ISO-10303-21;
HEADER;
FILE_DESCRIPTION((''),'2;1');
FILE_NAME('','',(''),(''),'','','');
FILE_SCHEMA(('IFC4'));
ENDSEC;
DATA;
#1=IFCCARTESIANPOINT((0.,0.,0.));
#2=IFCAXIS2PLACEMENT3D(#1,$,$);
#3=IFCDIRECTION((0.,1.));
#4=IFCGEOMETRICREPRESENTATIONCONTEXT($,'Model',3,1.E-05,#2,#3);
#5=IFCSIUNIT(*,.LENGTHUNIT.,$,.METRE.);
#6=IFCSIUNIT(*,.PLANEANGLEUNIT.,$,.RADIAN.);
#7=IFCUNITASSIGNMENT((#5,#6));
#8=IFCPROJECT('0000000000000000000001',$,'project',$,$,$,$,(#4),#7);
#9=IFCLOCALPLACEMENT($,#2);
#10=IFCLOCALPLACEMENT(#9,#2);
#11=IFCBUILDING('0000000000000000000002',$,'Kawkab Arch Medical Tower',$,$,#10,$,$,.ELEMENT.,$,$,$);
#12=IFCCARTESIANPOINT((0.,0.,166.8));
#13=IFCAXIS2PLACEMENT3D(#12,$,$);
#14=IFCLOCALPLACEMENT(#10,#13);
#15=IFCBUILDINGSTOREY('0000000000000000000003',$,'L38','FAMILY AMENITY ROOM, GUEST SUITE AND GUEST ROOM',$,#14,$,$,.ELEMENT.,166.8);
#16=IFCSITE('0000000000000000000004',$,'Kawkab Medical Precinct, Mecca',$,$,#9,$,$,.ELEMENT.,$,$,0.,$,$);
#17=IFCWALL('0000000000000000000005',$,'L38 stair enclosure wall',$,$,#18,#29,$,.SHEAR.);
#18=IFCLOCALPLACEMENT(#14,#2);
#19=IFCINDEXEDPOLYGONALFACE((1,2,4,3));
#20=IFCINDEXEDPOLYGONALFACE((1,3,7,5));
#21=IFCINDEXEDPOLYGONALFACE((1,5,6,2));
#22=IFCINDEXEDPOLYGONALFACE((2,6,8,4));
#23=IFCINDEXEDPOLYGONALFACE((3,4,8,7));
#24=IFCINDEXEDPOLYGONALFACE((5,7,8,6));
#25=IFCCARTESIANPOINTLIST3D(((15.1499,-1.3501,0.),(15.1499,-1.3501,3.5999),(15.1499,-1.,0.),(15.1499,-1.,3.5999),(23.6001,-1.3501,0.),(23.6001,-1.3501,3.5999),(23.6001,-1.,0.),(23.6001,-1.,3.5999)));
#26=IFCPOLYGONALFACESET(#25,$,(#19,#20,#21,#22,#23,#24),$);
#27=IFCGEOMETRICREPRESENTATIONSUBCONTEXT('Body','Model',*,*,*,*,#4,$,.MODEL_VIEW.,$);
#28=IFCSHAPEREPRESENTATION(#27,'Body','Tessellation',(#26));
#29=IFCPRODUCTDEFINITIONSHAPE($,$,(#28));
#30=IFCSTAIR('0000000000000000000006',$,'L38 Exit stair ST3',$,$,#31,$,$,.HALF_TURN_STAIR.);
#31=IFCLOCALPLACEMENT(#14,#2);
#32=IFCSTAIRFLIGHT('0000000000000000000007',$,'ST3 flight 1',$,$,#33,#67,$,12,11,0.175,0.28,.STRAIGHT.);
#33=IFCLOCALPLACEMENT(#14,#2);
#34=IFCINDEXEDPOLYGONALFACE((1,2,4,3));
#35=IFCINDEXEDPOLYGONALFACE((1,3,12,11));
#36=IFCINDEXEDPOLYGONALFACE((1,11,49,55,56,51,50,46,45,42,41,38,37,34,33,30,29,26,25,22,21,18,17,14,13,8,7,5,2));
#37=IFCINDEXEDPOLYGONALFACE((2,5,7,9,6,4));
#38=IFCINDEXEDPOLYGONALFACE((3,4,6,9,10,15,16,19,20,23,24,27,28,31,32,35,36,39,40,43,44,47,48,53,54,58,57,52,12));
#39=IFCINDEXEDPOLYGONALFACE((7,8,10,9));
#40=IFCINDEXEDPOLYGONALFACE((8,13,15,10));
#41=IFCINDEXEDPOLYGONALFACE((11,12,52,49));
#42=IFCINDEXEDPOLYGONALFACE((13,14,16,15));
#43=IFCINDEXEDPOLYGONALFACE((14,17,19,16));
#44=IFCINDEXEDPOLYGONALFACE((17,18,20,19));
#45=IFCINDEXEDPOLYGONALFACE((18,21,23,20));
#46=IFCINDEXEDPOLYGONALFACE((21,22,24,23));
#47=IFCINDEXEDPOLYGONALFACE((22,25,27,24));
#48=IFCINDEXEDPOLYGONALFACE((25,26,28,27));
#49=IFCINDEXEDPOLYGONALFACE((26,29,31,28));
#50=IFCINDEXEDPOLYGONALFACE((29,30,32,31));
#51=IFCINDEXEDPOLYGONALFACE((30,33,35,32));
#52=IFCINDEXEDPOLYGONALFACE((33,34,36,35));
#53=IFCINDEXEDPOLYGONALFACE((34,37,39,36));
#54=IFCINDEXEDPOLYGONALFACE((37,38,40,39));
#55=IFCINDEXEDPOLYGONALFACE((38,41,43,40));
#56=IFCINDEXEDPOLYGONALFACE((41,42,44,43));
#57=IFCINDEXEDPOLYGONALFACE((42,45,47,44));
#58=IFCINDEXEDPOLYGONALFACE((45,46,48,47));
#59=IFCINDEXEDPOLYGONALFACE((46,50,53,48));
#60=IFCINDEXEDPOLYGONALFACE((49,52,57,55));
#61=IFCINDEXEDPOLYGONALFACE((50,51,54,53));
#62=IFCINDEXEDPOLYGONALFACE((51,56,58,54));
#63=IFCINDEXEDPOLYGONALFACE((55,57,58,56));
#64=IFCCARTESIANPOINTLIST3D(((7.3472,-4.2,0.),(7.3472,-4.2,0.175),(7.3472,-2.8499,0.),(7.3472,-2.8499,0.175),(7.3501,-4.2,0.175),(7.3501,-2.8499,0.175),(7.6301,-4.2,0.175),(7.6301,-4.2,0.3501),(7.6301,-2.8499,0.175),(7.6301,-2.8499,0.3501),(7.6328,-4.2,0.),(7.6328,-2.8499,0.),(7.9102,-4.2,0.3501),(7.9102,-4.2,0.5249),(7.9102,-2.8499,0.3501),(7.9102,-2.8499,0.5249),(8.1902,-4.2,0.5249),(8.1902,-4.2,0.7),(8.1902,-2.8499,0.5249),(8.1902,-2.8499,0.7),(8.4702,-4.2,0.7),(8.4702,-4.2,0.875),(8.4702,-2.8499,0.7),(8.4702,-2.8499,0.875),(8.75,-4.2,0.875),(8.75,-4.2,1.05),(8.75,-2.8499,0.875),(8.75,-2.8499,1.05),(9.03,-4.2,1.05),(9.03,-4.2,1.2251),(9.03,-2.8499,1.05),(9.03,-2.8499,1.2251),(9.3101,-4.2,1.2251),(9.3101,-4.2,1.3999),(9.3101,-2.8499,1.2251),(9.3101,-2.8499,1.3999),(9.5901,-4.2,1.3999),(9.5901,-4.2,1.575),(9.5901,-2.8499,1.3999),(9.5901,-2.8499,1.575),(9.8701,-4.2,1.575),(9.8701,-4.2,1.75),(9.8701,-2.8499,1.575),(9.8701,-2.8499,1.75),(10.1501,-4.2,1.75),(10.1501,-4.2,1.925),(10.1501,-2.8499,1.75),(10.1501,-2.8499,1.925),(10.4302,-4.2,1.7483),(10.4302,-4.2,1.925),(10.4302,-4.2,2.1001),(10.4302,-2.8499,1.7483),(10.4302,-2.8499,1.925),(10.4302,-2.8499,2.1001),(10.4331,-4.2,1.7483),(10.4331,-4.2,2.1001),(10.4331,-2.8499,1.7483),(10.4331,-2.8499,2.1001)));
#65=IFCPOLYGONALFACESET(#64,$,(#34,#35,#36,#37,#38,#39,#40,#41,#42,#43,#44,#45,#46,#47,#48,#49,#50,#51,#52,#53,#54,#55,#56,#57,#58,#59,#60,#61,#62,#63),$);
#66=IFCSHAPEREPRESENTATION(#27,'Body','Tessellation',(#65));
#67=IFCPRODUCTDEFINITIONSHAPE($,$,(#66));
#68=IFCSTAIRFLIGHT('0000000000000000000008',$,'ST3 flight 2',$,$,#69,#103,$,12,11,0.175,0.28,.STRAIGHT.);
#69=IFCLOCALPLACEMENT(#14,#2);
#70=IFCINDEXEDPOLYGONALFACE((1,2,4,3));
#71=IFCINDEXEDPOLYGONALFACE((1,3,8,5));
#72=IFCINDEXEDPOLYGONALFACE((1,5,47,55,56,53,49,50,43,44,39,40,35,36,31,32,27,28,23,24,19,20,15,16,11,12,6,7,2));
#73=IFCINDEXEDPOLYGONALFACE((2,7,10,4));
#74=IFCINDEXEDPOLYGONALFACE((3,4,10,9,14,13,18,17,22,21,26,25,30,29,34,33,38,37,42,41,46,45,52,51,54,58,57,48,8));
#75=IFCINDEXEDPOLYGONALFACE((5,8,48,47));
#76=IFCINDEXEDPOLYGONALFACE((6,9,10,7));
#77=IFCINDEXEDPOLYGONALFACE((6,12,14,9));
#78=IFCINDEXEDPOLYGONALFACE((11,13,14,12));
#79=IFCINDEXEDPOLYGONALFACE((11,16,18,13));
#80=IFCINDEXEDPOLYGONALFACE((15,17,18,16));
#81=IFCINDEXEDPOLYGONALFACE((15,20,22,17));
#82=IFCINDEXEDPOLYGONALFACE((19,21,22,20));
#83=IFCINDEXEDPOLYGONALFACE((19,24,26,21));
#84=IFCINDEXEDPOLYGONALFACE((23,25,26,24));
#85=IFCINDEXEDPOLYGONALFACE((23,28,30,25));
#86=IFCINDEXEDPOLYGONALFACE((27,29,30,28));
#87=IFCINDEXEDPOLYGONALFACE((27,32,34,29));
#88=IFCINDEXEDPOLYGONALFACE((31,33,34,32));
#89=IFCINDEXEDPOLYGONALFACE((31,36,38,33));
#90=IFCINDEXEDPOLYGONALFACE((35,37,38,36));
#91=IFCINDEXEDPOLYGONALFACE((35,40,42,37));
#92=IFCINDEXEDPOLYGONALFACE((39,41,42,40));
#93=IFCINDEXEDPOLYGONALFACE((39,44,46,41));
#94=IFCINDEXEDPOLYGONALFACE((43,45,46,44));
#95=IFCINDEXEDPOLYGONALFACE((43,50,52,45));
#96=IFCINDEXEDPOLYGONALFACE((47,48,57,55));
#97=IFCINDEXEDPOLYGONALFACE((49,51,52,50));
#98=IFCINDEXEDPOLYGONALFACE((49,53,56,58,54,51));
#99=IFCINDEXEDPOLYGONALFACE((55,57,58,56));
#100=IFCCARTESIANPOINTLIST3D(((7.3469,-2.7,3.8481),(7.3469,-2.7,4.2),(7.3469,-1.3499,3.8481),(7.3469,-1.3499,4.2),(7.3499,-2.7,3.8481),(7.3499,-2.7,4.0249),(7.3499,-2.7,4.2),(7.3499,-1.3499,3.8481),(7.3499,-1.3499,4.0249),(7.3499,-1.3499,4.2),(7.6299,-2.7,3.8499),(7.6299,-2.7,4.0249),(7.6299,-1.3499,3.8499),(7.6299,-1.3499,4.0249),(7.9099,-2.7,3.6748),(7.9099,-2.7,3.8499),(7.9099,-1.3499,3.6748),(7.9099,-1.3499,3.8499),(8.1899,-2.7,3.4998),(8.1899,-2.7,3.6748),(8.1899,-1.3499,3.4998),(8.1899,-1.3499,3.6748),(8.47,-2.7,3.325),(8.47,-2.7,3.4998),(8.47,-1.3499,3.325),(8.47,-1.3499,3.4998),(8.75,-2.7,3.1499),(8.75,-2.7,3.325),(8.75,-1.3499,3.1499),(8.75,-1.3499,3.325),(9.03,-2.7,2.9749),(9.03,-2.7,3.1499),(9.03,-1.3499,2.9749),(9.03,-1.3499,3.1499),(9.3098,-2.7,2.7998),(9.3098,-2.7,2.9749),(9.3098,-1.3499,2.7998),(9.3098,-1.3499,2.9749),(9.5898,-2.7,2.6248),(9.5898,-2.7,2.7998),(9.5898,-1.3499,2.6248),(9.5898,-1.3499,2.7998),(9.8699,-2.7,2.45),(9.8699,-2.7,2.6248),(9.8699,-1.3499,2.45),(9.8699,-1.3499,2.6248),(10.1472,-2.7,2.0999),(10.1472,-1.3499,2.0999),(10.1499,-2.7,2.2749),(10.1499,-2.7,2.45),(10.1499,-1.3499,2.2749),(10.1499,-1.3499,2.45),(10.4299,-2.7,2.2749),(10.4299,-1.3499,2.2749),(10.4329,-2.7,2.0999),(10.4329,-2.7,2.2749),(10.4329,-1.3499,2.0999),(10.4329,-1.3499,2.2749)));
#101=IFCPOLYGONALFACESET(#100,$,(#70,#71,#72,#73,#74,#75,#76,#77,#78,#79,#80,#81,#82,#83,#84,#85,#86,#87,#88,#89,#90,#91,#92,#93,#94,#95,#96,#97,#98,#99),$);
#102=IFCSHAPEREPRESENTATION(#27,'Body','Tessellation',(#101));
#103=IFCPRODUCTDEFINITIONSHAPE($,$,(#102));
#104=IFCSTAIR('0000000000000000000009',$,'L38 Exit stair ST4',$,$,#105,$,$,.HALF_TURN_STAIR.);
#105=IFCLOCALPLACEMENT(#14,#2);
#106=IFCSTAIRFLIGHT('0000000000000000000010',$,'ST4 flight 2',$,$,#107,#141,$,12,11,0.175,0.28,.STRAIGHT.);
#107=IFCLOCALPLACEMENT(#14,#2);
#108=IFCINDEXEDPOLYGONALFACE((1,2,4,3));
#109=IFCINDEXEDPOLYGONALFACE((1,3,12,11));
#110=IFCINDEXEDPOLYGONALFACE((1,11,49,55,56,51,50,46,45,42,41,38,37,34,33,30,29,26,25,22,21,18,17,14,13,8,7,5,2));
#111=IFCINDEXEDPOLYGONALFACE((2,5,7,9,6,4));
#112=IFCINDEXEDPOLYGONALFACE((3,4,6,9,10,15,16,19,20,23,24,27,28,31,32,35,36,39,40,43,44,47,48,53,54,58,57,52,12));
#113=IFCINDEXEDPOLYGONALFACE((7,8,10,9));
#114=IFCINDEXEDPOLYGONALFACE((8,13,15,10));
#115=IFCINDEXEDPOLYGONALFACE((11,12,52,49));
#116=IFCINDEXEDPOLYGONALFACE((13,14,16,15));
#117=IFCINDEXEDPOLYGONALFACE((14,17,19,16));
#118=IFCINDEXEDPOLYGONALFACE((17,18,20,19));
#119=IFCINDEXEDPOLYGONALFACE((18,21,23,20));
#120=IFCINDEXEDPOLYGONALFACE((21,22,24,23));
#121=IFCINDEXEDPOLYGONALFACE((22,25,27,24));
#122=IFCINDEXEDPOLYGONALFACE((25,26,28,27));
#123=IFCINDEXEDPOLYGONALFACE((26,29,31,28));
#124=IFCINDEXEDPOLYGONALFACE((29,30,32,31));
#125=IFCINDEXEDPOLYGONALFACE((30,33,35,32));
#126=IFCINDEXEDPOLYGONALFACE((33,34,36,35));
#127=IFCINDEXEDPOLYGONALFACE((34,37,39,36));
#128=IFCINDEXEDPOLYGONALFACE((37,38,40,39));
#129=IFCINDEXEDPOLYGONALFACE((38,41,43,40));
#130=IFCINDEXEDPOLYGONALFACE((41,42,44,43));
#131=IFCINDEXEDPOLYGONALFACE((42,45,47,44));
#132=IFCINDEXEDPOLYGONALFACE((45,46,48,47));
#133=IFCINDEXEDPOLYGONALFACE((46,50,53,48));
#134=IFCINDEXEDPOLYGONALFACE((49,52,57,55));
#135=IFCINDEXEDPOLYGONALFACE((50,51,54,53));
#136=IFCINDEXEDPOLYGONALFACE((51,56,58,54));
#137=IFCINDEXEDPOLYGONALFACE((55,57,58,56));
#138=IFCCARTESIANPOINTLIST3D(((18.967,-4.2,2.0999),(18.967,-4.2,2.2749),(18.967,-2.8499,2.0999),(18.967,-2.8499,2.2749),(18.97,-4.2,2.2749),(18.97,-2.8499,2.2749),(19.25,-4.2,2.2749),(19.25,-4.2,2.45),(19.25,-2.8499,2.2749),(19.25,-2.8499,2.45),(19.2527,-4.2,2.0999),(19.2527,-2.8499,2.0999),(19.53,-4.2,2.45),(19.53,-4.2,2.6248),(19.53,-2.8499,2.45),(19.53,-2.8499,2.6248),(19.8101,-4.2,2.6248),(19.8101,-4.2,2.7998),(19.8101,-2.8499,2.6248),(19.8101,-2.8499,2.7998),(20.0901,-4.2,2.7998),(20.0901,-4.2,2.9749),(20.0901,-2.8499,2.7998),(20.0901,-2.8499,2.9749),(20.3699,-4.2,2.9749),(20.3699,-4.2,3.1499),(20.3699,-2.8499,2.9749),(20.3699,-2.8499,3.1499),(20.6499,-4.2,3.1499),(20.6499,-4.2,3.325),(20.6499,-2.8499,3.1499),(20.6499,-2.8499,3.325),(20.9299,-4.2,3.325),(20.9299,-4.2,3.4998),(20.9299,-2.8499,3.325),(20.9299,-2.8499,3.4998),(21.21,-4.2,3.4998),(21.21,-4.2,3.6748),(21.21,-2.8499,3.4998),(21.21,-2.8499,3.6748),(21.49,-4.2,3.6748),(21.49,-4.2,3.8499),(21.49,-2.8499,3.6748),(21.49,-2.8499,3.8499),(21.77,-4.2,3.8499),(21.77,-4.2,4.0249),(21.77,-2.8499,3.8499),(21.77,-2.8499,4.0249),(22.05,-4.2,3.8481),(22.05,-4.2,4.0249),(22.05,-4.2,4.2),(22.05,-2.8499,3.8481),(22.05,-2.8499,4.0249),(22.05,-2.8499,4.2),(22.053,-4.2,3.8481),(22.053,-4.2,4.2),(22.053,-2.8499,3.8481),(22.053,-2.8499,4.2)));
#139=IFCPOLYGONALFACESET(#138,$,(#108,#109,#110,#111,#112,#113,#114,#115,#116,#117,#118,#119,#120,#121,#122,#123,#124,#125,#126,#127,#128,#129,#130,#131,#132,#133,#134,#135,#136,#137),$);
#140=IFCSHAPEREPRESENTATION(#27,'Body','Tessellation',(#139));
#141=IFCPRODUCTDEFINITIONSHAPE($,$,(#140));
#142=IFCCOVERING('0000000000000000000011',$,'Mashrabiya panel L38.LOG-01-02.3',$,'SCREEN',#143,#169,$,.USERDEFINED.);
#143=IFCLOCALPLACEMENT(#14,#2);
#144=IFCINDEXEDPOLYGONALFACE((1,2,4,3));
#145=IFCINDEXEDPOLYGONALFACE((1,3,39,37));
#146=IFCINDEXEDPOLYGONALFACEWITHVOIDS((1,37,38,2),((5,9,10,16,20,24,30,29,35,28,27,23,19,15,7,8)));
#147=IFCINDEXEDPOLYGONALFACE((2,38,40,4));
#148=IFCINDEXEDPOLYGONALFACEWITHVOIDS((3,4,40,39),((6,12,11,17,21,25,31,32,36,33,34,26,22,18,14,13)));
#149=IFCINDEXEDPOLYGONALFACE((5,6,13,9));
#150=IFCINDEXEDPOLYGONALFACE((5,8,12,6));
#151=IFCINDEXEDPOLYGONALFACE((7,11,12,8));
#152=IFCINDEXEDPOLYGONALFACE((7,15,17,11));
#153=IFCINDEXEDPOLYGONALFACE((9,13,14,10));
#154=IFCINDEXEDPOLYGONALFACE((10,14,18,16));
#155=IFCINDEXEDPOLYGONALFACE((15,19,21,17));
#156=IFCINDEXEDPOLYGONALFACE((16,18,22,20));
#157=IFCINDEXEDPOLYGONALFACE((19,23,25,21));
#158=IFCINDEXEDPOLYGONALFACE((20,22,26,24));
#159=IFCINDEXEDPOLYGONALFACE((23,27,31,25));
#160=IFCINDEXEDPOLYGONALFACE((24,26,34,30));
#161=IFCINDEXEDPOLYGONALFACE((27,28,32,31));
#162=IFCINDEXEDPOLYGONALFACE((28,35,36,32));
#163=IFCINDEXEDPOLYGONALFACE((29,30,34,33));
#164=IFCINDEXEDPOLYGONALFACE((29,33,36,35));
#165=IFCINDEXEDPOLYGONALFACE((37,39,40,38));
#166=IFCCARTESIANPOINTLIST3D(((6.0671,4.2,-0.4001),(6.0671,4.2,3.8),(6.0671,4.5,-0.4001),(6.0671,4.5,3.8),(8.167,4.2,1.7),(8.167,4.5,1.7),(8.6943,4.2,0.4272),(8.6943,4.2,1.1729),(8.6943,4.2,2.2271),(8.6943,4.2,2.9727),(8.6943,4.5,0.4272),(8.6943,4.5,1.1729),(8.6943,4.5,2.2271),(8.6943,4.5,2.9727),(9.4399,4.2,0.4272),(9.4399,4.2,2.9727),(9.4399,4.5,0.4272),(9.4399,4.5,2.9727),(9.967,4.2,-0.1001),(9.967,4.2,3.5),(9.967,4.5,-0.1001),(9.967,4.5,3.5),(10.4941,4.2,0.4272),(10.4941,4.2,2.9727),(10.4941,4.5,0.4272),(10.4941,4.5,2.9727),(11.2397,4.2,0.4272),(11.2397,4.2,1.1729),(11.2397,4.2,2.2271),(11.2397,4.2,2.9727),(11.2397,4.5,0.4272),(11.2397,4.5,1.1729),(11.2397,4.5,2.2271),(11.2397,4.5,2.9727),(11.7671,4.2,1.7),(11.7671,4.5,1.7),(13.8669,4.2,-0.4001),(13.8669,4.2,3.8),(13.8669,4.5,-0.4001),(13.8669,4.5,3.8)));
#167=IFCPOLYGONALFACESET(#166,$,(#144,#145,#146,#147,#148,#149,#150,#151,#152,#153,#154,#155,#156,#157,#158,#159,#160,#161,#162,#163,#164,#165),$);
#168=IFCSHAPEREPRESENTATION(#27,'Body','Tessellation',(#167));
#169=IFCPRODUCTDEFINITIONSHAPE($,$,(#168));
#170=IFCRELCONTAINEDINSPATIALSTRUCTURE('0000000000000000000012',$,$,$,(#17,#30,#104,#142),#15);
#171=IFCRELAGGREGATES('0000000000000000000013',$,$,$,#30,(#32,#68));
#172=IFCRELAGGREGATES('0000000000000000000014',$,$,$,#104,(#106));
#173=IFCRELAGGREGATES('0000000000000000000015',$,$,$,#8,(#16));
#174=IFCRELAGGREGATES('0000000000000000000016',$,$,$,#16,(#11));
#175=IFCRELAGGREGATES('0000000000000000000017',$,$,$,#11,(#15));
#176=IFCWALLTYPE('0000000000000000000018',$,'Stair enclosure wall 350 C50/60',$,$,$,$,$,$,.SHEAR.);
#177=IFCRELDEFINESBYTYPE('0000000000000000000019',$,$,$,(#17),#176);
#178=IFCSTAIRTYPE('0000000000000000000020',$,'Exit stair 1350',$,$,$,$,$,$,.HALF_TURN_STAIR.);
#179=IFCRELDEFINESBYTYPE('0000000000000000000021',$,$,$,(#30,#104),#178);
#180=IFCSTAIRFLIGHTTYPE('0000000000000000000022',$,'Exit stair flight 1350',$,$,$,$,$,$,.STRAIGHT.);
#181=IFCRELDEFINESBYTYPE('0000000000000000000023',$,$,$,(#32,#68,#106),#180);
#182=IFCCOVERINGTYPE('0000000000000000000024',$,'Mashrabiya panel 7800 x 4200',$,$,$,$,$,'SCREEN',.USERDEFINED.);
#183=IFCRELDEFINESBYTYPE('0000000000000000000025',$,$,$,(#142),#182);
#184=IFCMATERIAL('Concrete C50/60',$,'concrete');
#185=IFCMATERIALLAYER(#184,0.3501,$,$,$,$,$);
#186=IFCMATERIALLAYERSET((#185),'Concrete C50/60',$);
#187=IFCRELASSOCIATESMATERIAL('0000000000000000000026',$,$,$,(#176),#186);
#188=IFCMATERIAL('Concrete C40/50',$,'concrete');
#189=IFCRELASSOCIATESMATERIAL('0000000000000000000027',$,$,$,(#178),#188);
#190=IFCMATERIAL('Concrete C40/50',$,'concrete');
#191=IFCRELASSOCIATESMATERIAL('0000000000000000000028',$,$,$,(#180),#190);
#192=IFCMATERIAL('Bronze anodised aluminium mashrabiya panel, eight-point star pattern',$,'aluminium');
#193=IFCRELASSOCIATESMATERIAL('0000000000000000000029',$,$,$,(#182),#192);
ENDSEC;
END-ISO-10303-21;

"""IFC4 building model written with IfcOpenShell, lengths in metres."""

from ifc_helpers import new_model, si_unit, direction, frame, frame_2d, origin, place, context, subcontext, project, spatial, polyline, rectangle, outline, extrude, material, layer, layer_set, material_profile, profile_set, type_object, element, aggregate, save


model = new_model("IFC4")

# Units and contexts
model_context = context("Model", 3, precision=1e-05, world=origin(), true_north=direction((0.0, 1.0)))
body_context = subcontext(model_context, "Body", "Model", "MODEL_VIEW")
ifc_project = project(units=[si_unit("LENGTHUNIT", "METRE"), si_unit("PLANEANGLEUNIT", "RADIAN")], contexts=[model_context])

# Site, building, storey
site_placement = place(None, origin())
site = spatial("IfcSite", under=ifc_project, at=site_placement, Name="Kawkab Medical Precinct, Mecca", CompositionType="ELEMENT", RefElevation=0.0)
building_placement = place(site_placement, origin())
building = spatial("IfcBuilding", under=site, at=building_placement, Name="Kawkab Arch Medical Tower", CompositionType="ELEMENT")
storey_placement = place(building_placement, frame((0.0, 0.0, 166.8)))
storey = spatial("IfcBuildingStorey", under=building, at=storey_placement, Name="L38", Description="FAMILY AMENITY ROOM, GUEST SUITE AND GUEST ROOM", CompositionType="ELEMENT", Elevation=166.8)

# Shared definitions
placement = place(storey_placement, origin())

# Wall
ifc_material_1 = material(Name="Concrete C50/60", Category="concrete")
ifc_layer_1 = layer(ifc_material_1, 0.3501)
ifc_layer_set_1 = layer_set([ifc_layer_1], Name="Concrete C50/60")
wall_type_1 = type_object("IfcWallType", Name="Stair enclosure wall 350 C50/60", PredefinedType="SHEAR", material=ifc_layer_set_1)
wall_placement = place(storey_placement, frame((15.1499, -1.175, 0.0), z_axis=(0.0, 0.0, 1.0), x_axis=(1.0, 0.0, 0.0)))
element("IfcWall", 1, at=wall_placement, inside=storey, type_object=wall_type_1, Name="L38 stair enclosure wall", PredefinedType="SHEAR", context=body_context, shape_type="SweptSolid", body=[
    extrude(rectangle(XDim=8.4502, YDim=0.3501, at=frame_2d((4.2251, 0.0))), origin(), (0.0, 0.0, 1.0), 3.5999),
])

# Stair, stair flights
ifc_material_2 = material(Name="Concrete C40/50", Category="concrete")
stair_type = type_object("IfcStairType", Name="Exit stair 1350", PredefinedType="HALF_TURN_STAIR", material=ifc_material_2)
stair_1 = element("IfcStair", 2, at=placement, inside=storey, type_object=stair_type, Name="L38 Exit stair ST3", PredefinedType="HALF_TURN_STAIR")
ifc_material_3 = material(Name="Concrete C40/50", Category="concrete")
stair_flight_type = type_object("IfcStairFlightType", Name="Exit stair flight 1350", PredefinedType="STRAIGHT", material=ifc_material_3)
stair_flight_1_placement = place(storey_placement, frame((7.3501, -3.5249, 0.0), z_axis=(0.0, 0.0, 1.0), x_axis=(1.0, 0.0, 0.0)))
stair_flight_1 = element("IfcStairFlight", 3, at=stair_flight_1_placement, type_object=stair_flight_type, Name="ST3 flight 1", NumberOfRisers=12, NumberOfTreads=11, PredefinedType="STRAIGHT", RiserHeight=0.175, TreadLength=0.28, context=body_context, shape_type="SweptSolid", body=[
    extrude(outline(polyline([(-0.0029, 0.0), (-0.0029, 0.175), (0.0, 0.175), (0.28, 0.175), (0.28, 0.3501), (0.5601, 0.3501), (0.5601, 0.5249), (0.8401, 0.5249), (0.8401, 0.7), (1.1201, 0.7), (1.1201, 0.875), (1.3999, 0.875), (1.3999, 1.05), (1.6799, 1.05), (1.6799, 1.2251), (1.96, 1.2251), (1.96, 1.3999), (2.24, 1.3999), (2.24, 1.575), (2.52, 1.575), (2.52, 1.75), (2.8, 1.75), (2.8, 1.925), (3.0801, 1.925), (3.0801, 2.1001), (3.083, 2.1001), (3.083, 1.7483), (3.0801, 1.7483), (0.2827, 0.0), (-0.0029, 0.0)])), frame((0.0, 0.675, 0.0), z_axis=(0.0, -1.0, 0.0), x_axis=(1.0, 0.0, 0.0)), (0.0, 0.0, 1.0), 1.3501),
])
stair_flight_2_placement = place(storey_placement, frame((10.4299, -2.0249, 2.0999), z_axis=(0.0, 0.0, 1.0), x_axis=(-1.0, 0.0, 0.0)))
stair_flight_2 = element("IfcStairFlight", 4, at=stair_flight_2_placement, type_object=stair_flight_type, Name="ST3 flight 2", NumberOfRisers=12, NumberOfTreads=11, PredefinedType="STRAIGHT", RiserHeight=0.175, TreadLength=0.28, context=body_context, shape_type="SweptSolid", body=[
    extrude(outline(polyline([(-0.0029, 0.0), (-0.0029, 0.175), (0.0, 0.175), (0.28, 0.175), (0.28, 0.3501), (0.5601, 0.3501), (0.5601, 0.5249), (0.8401, 0.5249), (0.8401, 0.7), (1.1201, 0.7), (1.1201, 0.875), (1.3999, 0.875), (1.3999, 1.05), (1.6799, 1.05), (1.6799, 1.2251), (1.96, 1.2251), (1.96, 1.3999), (2.24, 1.3999), (2.24, 1.575), (2.52, 1.575), (2.52, 1.75), (2.8, 1.75), (2.8, 1.925), (3.0801, 1.925), (3.0801, 2.1001), (3.083, 2.1001), (3.083, 1.7483), (3.0801, 1.7483), (0.2827, 0.0), (-0.0029, 0.0)])), frame((0.0, 0.675, 0.0), z_axis=(0.0, -1.0, 0.0), x_axis=(1.0, 0.0, 0.0)), (0.0, 0.0, 1.0), 1.3501),
])
aggregate(stair_1, [stair_flight_1, stair_flight_2])

# Stair, stair flight
stair_2 = element("IfcStair", 5, at=placement, inside=storey, type_object=stair_type, Name="L38 Exit stair ST4", PredefinedType="HALF_TURN_STAIR")
stair_flight_3_placement = place(storey_placement, frame((18.97, -3.5249, 2.0999), z_axis=(0.0, 0.0, 1.0), x_axis=(1.0, 0.0, 0.0)))
stair_flight_3 = element("IfcStairFlight", 6, at=stair_flight_3_placement, type_object=stair_flight_type, Name="ST4 flight 2", NumberOfRisers=12, NumberOfTreads=11, PredefinedType="STRAIGHT", RiserHeight=0.175, TreadLength=0.28, context=body_context, shape_type="SweptSolid", body=[
    extrude(outline(polyline([(-0.0029, 0.0), (-0.0029, 0.175), (0.0, 0.175), (0.28, 0.175), (0.28, 0.3501), (0.5601, 0.3501), (0.5601, 0.5249), (0.8401, 0.5249), (0.8401, 0.7), (1.1201, 0.7), (1.1201, 0.875), (1.3999, 0.875), (1.3999, 1.05), (1.6799, 1.05), (1.6799, 1.2251), (1.96, 1.2251), (1.96, 1.3999), (2.24, 1.3999), (2.24, 1.575), (2.52, 1.575), (2.52, 1.75), (2.8, 1.75), (2.8, 1.925), (3.0801, 1.925), (3.0801, 2.1001), (3.083, 2.1001), (3.083, 1.7483), (3.0801, 1.7483), (0.2827, 0.0), (-0.0029, 0.0)])), frame((0.0, 0.675, 0.0), z_axis=(0.0, -1.0, 0.0), x_axis=(1.0, 0.0, 0.0)), (0.0, 0.0, 1.0), 1.3501),
])
aggregate(stair_2, [stair_flight_3])

# Covering
ifc_material_4 = material(Name="Bronze anodised aluminium mashrabiya panel, eight-point star pattern", Category="aluminium")
ifc_material_profile_1 = material_profile(ifc_material_4, outline(polyline([(-3.8999, -2.1001), (3.8999, -2.1001), (3.8999, 2.1001), (-3.8999, 2.1001), (-3.8999, -2.1001)]), holes=[polyline([(1.8, 0.0), (1.2727, 0.5271), (1.2727, 1.2727), (0.5271, 1.2727), (0.0, 1.8), (-0.5271, 1.2727), (-1.2727, 1.2727), (-1.2727, 0.5271), (-1.8, 0.0), (-1.2727, -0.5271), (-1.2727, -1.2727), (-0.5271, -1.2727), (0.0, -1.8), (0.5271, -1.2727), (1.2727, -1.2727), (1.2727, -0.5271), (1.8, 0.0)])]), Name="Mashrabiya panel 7800x4200")
ifc_profile_set_1 = profile_set([ifc_material_profile_1], Name="Bronze anodised aluminium mashrabiya panel, eight-point star pattern")
covering_type_1 = type_object("IfcCoveringType", Name="Mashrabiya panel 7800 x 4200", ElementType="SCREEN", PredefinedType="USERDEFINED", material=ifc_profile_set_1)
covering_1_placement = place(storey_placement, frame((9.967, 4.2, 1.7), z_axis=(0.0, 1.0, 0.0), x_axis=(-1.0, 0.0, 0.0)))
element("IfcCovering", 7, at=covering_1_placement, inside=storey, type_object=covering_type_1, Name="Mashrabiya panel L38.LOG-01-02.3", ObjectType="SCREEN", PredefinedType="USERDEFINED", context=body_context, shape_type="SweptSolid", body=[
    extrude(outline(polyline([(-3.8999, -2.1001), (3.8999, -2.1001), (3.8999, 2.1001), (-3.8999, 2.1001), (-3.8999, -2.1001)]), holes=[polyline([(1.8, 0.0), (1.2727, 0.5271), (1.2727, 1.2727), (0.5271, 1.2727), (0.0, 1.8), (-0.5271, 1.2727), (-1.2727, 1.2727), (-1.2727, 0.5271), (-1.8, 0.0), (-1.2727, -0.5271), (-1.2727, -1.2727), (-0.5271, -1.2727), (0.0, -1.8), (0.5271, -1.2727), (1.2727, -1.2727), (1.2727, -0.5271), (1.8, 0.0)])]), origin(), (0.0, 0.0, 1.0), 0.3),
])

save(model, "model.ifc")
